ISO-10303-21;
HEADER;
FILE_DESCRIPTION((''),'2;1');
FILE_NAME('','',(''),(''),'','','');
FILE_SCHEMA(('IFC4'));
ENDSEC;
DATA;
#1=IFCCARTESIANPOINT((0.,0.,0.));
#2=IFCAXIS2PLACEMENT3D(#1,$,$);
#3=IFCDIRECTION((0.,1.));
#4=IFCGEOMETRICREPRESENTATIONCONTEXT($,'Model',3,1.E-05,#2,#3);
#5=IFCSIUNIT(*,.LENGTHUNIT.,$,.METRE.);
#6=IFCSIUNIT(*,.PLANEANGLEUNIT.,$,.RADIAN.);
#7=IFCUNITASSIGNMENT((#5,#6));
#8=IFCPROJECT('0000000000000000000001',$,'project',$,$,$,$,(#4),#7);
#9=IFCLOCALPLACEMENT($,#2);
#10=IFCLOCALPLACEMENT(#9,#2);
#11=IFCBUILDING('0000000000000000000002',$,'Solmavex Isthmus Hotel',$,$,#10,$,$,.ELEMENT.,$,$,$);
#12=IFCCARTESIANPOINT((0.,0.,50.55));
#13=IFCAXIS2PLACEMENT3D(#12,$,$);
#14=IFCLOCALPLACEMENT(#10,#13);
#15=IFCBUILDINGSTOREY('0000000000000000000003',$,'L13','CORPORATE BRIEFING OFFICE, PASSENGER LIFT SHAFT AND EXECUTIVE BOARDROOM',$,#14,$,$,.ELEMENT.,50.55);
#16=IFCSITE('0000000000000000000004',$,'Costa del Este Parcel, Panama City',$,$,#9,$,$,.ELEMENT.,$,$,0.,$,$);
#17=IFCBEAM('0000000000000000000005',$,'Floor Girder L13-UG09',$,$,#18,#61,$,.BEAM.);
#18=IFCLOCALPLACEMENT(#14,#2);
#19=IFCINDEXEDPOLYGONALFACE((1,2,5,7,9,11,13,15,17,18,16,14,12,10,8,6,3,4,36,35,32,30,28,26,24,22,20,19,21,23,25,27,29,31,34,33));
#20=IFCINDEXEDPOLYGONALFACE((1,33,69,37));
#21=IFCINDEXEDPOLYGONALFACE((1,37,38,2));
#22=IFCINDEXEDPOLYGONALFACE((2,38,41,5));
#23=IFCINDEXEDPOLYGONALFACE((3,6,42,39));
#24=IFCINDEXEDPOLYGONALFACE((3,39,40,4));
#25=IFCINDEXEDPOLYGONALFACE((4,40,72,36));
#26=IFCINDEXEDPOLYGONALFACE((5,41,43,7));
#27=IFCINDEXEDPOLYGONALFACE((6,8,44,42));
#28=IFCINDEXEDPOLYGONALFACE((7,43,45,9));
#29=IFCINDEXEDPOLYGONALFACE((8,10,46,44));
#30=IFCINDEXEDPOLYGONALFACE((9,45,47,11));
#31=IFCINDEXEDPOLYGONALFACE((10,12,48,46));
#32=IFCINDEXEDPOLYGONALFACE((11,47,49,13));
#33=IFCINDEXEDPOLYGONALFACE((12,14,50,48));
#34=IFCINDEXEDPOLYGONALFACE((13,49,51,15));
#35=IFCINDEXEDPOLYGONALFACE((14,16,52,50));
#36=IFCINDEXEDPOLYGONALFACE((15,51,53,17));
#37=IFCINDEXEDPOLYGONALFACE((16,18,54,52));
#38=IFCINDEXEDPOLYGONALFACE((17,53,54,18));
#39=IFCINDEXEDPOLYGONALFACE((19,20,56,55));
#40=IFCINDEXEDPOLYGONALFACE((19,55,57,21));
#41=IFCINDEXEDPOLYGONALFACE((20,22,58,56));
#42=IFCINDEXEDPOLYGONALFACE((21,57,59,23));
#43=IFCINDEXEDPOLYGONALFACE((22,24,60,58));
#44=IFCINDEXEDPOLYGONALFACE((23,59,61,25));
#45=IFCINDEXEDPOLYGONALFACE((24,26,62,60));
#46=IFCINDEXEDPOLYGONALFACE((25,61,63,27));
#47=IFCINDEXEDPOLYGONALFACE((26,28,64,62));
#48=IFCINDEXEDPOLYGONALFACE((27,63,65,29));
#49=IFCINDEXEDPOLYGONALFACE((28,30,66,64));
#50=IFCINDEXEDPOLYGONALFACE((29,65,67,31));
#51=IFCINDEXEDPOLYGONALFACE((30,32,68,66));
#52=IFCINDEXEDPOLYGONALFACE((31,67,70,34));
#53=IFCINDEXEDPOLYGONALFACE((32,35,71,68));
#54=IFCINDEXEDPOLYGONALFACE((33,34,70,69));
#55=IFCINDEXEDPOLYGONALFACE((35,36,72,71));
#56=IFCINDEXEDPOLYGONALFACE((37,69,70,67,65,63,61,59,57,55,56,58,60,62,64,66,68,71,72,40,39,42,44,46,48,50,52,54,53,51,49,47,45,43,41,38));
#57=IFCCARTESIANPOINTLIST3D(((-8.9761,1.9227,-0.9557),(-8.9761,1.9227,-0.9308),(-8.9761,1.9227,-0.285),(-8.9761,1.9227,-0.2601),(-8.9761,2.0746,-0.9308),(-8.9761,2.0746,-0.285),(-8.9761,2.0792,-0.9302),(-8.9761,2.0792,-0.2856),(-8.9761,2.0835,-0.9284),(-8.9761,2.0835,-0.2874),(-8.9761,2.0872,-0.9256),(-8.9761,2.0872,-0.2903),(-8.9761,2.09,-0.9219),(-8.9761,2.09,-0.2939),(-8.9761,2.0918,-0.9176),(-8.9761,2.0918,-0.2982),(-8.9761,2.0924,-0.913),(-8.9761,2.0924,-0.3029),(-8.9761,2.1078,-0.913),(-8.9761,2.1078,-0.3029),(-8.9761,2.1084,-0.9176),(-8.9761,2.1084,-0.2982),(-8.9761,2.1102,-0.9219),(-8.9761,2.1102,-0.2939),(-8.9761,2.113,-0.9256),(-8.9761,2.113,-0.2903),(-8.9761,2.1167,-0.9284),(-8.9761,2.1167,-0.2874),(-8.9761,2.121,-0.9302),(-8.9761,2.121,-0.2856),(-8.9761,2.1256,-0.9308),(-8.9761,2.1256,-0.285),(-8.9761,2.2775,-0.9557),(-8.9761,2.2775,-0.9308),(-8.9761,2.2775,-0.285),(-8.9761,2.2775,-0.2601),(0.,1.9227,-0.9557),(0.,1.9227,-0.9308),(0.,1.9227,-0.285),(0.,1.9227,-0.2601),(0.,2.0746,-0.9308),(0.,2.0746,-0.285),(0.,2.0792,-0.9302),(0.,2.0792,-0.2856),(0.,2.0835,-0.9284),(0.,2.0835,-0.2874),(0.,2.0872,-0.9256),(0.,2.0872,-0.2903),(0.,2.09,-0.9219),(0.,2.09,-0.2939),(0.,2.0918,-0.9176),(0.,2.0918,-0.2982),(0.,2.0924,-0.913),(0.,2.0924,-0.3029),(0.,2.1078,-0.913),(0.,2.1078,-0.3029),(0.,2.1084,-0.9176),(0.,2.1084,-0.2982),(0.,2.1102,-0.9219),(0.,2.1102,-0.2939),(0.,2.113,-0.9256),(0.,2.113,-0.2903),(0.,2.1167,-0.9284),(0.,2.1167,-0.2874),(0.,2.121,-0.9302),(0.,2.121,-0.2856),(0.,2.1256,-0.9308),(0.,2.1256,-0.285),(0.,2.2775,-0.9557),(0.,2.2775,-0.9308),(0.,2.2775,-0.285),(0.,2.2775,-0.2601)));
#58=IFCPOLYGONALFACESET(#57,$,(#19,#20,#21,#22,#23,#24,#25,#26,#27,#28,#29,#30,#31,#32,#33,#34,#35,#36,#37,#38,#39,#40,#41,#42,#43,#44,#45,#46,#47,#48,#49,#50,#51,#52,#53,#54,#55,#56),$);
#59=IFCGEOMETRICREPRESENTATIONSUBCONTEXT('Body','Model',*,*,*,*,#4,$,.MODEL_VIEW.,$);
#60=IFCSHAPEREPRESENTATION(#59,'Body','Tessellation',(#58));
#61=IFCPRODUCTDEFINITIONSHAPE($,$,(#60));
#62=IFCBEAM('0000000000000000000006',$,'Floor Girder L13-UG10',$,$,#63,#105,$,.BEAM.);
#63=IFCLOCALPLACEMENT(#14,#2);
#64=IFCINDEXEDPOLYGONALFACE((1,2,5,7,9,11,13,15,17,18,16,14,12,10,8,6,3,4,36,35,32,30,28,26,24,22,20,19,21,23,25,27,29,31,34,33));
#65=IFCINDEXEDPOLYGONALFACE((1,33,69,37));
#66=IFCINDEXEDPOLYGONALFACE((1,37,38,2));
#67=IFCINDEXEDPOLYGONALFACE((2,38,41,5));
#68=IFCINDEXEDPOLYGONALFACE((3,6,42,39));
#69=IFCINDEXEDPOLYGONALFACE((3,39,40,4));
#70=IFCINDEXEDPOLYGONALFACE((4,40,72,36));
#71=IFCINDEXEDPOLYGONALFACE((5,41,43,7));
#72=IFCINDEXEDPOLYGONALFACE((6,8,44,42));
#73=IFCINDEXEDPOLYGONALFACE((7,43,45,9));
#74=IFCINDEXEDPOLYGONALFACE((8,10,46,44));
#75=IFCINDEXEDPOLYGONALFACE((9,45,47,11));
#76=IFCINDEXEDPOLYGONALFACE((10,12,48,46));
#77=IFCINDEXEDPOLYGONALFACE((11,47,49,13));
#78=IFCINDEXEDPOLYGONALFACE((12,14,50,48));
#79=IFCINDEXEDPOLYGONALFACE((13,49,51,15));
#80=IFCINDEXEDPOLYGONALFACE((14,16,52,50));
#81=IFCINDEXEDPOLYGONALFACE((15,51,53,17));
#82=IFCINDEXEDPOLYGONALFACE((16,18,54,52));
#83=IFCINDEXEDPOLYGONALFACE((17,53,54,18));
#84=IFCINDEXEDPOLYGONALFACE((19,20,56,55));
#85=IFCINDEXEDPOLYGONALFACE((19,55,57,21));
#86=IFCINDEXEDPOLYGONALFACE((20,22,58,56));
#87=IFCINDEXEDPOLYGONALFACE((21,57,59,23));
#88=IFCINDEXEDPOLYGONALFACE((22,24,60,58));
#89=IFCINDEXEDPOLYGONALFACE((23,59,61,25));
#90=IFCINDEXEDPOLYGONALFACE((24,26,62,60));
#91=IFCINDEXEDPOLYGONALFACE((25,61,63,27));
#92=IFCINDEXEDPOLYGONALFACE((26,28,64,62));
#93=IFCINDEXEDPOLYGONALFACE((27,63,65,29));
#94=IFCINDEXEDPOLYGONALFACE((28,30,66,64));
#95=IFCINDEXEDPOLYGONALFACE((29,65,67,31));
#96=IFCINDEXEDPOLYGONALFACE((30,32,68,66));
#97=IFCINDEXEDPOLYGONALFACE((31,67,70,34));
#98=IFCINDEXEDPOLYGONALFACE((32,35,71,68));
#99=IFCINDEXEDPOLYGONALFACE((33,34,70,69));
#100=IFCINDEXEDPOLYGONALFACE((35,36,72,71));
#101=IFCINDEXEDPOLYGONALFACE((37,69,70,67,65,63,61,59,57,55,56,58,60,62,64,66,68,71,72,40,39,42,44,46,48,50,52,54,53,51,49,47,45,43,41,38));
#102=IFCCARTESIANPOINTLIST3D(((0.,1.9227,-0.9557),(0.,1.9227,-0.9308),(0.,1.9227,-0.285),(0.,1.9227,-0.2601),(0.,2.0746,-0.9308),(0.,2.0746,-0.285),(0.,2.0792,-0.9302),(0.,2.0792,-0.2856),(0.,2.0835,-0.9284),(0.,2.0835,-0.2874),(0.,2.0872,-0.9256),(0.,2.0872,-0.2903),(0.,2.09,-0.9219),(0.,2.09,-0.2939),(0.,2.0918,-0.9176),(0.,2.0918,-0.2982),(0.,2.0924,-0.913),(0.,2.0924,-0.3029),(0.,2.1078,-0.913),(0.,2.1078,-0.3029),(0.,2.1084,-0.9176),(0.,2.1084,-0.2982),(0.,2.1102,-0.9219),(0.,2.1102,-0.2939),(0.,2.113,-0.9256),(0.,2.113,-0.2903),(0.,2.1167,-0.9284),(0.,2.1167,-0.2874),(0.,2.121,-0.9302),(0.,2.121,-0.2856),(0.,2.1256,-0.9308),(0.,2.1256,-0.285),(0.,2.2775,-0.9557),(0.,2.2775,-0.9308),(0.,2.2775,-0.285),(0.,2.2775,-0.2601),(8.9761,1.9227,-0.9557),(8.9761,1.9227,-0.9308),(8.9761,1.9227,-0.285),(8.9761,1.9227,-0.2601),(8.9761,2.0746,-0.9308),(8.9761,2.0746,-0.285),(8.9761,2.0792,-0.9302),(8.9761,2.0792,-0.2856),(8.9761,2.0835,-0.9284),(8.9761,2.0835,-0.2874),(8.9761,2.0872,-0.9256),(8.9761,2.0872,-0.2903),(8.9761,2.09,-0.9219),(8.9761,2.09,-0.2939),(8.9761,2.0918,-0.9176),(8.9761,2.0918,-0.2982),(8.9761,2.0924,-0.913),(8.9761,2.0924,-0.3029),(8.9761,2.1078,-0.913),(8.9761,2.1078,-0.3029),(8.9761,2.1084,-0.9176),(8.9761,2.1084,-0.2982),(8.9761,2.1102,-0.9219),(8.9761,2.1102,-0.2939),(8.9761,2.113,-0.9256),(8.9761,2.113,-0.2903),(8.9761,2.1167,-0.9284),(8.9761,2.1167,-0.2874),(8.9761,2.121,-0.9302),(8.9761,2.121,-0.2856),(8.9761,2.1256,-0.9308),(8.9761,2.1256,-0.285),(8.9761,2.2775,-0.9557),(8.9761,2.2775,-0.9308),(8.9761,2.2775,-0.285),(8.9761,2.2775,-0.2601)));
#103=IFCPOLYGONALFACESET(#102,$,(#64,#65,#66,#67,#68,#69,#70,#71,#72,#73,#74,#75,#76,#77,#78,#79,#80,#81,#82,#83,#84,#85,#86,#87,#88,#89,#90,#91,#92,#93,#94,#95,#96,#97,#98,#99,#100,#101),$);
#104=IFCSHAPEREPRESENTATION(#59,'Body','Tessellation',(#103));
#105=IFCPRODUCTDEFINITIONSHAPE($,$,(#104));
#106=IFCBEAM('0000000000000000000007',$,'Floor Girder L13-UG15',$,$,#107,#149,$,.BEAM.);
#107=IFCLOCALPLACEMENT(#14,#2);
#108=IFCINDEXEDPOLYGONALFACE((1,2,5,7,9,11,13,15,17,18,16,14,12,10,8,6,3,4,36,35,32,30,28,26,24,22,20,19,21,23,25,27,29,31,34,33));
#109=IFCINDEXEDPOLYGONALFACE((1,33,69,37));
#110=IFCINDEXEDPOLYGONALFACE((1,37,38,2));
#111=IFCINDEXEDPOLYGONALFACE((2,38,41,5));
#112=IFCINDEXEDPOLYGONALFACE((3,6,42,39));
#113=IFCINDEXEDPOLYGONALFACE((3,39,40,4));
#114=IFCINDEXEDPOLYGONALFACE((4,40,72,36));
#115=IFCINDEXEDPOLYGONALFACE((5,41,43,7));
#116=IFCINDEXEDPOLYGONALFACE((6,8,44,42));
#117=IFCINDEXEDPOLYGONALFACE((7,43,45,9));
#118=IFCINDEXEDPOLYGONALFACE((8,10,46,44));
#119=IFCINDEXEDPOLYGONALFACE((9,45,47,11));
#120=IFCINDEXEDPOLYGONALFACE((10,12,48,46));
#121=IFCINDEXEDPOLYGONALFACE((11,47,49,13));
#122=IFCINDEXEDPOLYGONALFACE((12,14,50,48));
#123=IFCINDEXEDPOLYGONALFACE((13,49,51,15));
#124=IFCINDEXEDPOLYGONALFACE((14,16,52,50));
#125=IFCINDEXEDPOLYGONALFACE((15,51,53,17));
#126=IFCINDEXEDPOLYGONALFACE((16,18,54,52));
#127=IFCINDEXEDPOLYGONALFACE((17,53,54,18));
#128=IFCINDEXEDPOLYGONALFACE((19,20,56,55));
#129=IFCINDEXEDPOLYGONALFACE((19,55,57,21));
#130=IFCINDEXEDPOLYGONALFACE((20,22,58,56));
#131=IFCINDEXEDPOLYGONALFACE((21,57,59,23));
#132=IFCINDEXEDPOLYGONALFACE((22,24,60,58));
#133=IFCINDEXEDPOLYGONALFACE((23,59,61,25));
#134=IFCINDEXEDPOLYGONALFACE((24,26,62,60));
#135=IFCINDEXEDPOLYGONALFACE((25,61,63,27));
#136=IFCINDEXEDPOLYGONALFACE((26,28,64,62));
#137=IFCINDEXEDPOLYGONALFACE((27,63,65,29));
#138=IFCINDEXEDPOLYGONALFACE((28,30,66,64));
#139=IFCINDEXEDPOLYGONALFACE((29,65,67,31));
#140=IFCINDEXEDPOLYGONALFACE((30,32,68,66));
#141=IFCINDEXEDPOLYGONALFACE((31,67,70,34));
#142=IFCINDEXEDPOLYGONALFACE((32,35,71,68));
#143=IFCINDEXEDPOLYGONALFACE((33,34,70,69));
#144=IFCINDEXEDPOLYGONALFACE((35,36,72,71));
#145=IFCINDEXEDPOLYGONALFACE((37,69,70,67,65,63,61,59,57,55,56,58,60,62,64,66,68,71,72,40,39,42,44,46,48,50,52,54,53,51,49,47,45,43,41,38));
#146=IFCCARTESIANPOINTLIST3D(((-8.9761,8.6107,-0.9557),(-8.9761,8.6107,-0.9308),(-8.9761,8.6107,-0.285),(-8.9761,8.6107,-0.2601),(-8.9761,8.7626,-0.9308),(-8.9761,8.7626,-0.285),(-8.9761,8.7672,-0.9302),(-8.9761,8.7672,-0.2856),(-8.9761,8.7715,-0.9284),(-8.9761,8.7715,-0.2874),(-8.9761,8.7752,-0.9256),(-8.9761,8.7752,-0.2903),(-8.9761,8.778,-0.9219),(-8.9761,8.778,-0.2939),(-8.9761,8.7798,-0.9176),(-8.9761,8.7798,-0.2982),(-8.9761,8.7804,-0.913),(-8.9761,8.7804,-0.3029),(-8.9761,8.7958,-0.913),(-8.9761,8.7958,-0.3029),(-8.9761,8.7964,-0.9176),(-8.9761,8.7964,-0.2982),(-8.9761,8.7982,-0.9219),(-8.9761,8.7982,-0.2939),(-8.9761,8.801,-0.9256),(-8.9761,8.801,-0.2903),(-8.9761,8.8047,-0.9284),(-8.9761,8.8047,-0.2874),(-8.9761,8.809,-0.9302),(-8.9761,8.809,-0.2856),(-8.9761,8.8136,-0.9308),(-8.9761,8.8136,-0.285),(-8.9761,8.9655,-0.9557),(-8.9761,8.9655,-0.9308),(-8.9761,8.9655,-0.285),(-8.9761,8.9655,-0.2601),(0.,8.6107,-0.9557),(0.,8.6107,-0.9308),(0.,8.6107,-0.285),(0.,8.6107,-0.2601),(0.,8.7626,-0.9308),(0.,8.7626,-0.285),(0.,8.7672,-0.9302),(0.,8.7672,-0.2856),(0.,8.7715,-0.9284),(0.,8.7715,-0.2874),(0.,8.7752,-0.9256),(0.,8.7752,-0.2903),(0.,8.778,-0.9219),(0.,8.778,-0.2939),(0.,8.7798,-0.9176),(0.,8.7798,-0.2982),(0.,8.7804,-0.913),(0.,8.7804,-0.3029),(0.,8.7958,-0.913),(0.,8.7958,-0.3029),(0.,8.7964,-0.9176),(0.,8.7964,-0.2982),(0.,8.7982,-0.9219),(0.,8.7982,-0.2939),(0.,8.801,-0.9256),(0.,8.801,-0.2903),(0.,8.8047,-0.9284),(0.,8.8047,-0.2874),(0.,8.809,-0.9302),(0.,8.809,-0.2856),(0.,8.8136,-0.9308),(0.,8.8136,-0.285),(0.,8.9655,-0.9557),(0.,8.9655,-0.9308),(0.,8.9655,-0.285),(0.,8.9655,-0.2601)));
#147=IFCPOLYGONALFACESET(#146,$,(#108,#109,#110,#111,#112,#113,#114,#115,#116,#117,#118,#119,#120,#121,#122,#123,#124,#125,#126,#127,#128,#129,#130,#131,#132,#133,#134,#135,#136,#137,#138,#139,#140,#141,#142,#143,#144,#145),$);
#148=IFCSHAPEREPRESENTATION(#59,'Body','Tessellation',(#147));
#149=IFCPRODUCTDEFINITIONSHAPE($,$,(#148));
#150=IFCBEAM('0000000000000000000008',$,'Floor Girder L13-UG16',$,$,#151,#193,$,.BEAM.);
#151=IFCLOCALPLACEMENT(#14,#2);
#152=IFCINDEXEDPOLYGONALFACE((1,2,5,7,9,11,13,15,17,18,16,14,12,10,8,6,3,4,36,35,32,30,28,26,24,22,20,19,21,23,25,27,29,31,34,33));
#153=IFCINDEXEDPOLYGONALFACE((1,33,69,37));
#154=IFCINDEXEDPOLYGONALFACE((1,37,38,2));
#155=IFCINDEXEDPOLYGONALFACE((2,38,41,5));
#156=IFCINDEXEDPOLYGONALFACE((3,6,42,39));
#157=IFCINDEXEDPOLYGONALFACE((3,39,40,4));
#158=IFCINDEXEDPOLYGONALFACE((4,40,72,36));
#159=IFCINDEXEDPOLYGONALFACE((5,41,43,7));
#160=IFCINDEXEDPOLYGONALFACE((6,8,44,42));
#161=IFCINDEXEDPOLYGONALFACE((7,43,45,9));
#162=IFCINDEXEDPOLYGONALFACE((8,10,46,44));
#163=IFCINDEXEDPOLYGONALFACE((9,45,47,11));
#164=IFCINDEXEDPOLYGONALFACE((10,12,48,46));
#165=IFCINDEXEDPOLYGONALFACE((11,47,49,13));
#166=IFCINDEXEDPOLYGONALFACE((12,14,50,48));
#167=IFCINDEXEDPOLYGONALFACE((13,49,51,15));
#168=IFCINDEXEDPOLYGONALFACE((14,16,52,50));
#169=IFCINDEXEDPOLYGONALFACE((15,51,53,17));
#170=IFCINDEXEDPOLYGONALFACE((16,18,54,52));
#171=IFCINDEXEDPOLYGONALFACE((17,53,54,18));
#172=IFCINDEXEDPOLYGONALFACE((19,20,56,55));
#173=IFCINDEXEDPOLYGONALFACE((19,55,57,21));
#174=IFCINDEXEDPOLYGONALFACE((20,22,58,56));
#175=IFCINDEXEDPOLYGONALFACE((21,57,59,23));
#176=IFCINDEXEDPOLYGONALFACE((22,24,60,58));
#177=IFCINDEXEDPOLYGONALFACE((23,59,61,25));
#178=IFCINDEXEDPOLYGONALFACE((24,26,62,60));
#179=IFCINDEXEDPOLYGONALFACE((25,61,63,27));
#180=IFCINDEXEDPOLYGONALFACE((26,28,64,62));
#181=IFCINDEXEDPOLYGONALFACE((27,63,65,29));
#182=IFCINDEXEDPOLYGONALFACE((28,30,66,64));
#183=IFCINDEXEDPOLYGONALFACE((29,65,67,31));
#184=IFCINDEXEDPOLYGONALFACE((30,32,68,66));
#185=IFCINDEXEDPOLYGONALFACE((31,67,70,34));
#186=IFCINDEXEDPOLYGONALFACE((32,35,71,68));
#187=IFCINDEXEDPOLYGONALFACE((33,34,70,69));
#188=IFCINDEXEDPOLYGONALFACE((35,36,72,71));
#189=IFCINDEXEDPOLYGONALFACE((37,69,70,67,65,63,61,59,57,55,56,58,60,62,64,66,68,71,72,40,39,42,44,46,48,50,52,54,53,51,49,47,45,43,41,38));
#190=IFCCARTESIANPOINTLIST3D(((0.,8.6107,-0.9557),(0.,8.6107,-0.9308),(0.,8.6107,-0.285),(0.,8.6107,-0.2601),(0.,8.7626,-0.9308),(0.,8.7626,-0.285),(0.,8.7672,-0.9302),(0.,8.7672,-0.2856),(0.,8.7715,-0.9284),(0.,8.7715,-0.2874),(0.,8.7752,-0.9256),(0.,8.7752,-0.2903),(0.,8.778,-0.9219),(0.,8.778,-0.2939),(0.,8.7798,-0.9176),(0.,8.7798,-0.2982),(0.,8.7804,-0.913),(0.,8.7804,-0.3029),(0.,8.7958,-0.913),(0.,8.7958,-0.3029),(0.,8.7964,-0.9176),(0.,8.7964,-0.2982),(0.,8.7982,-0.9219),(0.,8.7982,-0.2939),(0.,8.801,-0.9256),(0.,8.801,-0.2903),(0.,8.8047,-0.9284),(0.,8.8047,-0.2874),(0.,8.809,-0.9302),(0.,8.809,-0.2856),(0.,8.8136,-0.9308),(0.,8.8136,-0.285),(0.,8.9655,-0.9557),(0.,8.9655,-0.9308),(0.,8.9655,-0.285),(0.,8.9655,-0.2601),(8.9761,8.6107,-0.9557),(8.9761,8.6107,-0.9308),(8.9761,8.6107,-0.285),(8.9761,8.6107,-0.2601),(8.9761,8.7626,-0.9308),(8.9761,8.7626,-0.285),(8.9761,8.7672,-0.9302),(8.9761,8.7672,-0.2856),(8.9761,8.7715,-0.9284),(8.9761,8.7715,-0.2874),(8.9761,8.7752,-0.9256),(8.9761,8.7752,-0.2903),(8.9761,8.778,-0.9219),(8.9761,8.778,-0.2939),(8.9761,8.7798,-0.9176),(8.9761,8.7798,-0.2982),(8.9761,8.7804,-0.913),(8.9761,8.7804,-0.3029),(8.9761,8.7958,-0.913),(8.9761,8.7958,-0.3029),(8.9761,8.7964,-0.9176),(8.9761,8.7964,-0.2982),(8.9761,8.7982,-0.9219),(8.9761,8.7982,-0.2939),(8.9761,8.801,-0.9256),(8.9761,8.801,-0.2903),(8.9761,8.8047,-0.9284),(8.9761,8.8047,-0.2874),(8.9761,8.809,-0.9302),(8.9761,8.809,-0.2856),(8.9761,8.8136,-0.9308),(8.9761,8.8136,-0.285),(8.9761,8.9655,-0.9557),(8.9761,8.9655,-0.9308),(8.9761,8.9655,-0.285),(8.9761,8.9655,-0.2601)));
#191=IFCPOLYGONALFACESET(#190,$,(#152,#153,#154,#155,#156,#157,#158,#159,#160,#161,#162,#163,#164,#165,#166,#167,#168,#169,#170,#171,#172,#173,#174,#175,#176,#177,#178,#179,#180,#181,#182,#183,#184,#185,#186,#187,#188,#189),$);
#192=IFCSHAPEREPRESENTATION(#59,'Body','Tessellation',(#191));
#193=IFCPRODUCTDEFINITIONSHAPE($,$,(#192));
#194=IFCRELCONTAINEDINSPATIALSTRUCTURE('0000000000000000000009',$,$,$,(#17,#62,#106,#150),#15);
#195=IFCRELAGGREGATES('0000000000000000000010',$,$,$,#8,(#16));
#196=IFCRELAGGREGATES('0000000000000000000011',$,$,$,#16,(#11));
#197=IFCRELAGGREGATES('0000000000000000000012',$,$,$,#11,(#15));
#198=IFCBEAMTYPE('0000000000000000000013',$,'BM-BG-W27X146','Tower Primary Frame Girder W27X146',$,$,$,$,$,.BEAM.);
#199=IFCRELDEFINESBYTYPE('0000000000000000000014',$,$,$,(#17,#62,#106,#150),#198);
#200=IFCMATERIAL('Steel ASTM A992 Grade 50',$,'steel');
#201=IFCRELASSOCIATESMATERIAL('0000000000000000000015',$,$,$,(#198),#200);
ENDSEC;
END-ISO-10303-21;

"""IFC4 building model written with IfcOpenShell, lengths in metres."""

from ifc_helpers import new_model, si_unit, direction, frame, origin, origin_2d, place, context, subcontext, project, spatial, i_section, extrude, material, material_profile, profile_set, type_object, element, save


model = new_model("IFC4")

# Units and contexts
model_context = context("Model", 3, precision=1e-05, world=origin(), true_north=direction((0.0, 1.0)))
body_context = subcontext(model_context, "Body", "Model", "MODEL_VIEW")
ifc_project = project(units=[si_unit("LENGTHUNIT", "METRE"), si_unit("PLANEANGLEUNIT", "RADIAN")], contexts=[model_context])

# Site, building, storey
site_placement = place(None, origin())
site = spatial("IfcSite", under=ifc_project, at=site_placement, Name="Costa del Este Parcel, Panama City", CompositionType="ELEMENT", RefElevation=0.0)
building_placement = place(site_placement, origin())
building = spatial("IfcBuilding", under=site, at=building_placement, Name="Solmavex Isthmus Hotel", CompositionType="ELEMENT")
storey_placement = place(building_placement, frame((0.0, 0.0, 50.55)))
storey = spatial("IfcBuildingStorey", under=building, at=storey_placement, Name="L13", Description="CORPORATE BRIEFING OFFICE, PASSENGER LIFT SHAFT AND EXECUTIVE BOARDROOM", CompositionType="ELEMENT", Elevation=50.55)

# Beams
ifc_material_1 = material(Name="Steel ASTM A992 Grade 50", Category="steel")
ifc_material_profile_1 = material_profile(ifc_material_1, i_section(OverallWidth=0.3547, OverallDepth=0.6956, WebThickness=0.0154, FlangeThickness=0.0249, FilletRadius=0.0178, at=origin_2d()), Name="W27X146")
ifc_profile_set_1 = profile_set([ifc_material_profile_1], Name="Steel ASTM A992 Grade 50")
beam_type_1 = type_object("IfcBeamType", Name="BM-BG-W27X146", Description="Tower Primary Frame Girder W27X146", PredefinedType="BEAM", material=ifc_profile_set_1)
for number, where, z_axis, x_axis, name in (
    (1, (-8.9761, 2.1001, -0.6079), (1.0, 0.0, 0.0), (0.0, 1.0, 0.0), "Floor Girder L13-UG09"),
    (2, (0.0, 2.1001, -0.6079), (1.0, 0.0, 0.0), (0.0, 1.0, 0.0), "Floor Girder L13-UG10"),
    (3, (-8.9761, 8.7881, -0.6079), (1.0, 0.0, 0.0), (0.0, 1.0, 0.0), "Floor Girder L13-UG15"),
    (4, (0.0, 8.7881, -0.6079), (1.0, 0.0, 0.0), (0.0, 1.0, 0.0), "Floor Girder L13-UG16"),
):
    element("IfcBeam", number, at=place(storey_placement, frame(where, z_axis=z_axis, x_axis=x_axis)), inside=storey, type_object=beam_type_1, Name=name, PredefinedType="BEAM", context=body_context, shape_type="SweptSolid", body=[
        extrude(i_section(OverallWidth=0.3547, OverallDepth=0.6956, WebThickness=0.0154, FlangeThickness=0.0249, FilletRadius=0.0178, at=origin_2d()), origin(), (0.0, 0.0, 1.0), 8.9761),
    ])

save(model, "model.ifc")
